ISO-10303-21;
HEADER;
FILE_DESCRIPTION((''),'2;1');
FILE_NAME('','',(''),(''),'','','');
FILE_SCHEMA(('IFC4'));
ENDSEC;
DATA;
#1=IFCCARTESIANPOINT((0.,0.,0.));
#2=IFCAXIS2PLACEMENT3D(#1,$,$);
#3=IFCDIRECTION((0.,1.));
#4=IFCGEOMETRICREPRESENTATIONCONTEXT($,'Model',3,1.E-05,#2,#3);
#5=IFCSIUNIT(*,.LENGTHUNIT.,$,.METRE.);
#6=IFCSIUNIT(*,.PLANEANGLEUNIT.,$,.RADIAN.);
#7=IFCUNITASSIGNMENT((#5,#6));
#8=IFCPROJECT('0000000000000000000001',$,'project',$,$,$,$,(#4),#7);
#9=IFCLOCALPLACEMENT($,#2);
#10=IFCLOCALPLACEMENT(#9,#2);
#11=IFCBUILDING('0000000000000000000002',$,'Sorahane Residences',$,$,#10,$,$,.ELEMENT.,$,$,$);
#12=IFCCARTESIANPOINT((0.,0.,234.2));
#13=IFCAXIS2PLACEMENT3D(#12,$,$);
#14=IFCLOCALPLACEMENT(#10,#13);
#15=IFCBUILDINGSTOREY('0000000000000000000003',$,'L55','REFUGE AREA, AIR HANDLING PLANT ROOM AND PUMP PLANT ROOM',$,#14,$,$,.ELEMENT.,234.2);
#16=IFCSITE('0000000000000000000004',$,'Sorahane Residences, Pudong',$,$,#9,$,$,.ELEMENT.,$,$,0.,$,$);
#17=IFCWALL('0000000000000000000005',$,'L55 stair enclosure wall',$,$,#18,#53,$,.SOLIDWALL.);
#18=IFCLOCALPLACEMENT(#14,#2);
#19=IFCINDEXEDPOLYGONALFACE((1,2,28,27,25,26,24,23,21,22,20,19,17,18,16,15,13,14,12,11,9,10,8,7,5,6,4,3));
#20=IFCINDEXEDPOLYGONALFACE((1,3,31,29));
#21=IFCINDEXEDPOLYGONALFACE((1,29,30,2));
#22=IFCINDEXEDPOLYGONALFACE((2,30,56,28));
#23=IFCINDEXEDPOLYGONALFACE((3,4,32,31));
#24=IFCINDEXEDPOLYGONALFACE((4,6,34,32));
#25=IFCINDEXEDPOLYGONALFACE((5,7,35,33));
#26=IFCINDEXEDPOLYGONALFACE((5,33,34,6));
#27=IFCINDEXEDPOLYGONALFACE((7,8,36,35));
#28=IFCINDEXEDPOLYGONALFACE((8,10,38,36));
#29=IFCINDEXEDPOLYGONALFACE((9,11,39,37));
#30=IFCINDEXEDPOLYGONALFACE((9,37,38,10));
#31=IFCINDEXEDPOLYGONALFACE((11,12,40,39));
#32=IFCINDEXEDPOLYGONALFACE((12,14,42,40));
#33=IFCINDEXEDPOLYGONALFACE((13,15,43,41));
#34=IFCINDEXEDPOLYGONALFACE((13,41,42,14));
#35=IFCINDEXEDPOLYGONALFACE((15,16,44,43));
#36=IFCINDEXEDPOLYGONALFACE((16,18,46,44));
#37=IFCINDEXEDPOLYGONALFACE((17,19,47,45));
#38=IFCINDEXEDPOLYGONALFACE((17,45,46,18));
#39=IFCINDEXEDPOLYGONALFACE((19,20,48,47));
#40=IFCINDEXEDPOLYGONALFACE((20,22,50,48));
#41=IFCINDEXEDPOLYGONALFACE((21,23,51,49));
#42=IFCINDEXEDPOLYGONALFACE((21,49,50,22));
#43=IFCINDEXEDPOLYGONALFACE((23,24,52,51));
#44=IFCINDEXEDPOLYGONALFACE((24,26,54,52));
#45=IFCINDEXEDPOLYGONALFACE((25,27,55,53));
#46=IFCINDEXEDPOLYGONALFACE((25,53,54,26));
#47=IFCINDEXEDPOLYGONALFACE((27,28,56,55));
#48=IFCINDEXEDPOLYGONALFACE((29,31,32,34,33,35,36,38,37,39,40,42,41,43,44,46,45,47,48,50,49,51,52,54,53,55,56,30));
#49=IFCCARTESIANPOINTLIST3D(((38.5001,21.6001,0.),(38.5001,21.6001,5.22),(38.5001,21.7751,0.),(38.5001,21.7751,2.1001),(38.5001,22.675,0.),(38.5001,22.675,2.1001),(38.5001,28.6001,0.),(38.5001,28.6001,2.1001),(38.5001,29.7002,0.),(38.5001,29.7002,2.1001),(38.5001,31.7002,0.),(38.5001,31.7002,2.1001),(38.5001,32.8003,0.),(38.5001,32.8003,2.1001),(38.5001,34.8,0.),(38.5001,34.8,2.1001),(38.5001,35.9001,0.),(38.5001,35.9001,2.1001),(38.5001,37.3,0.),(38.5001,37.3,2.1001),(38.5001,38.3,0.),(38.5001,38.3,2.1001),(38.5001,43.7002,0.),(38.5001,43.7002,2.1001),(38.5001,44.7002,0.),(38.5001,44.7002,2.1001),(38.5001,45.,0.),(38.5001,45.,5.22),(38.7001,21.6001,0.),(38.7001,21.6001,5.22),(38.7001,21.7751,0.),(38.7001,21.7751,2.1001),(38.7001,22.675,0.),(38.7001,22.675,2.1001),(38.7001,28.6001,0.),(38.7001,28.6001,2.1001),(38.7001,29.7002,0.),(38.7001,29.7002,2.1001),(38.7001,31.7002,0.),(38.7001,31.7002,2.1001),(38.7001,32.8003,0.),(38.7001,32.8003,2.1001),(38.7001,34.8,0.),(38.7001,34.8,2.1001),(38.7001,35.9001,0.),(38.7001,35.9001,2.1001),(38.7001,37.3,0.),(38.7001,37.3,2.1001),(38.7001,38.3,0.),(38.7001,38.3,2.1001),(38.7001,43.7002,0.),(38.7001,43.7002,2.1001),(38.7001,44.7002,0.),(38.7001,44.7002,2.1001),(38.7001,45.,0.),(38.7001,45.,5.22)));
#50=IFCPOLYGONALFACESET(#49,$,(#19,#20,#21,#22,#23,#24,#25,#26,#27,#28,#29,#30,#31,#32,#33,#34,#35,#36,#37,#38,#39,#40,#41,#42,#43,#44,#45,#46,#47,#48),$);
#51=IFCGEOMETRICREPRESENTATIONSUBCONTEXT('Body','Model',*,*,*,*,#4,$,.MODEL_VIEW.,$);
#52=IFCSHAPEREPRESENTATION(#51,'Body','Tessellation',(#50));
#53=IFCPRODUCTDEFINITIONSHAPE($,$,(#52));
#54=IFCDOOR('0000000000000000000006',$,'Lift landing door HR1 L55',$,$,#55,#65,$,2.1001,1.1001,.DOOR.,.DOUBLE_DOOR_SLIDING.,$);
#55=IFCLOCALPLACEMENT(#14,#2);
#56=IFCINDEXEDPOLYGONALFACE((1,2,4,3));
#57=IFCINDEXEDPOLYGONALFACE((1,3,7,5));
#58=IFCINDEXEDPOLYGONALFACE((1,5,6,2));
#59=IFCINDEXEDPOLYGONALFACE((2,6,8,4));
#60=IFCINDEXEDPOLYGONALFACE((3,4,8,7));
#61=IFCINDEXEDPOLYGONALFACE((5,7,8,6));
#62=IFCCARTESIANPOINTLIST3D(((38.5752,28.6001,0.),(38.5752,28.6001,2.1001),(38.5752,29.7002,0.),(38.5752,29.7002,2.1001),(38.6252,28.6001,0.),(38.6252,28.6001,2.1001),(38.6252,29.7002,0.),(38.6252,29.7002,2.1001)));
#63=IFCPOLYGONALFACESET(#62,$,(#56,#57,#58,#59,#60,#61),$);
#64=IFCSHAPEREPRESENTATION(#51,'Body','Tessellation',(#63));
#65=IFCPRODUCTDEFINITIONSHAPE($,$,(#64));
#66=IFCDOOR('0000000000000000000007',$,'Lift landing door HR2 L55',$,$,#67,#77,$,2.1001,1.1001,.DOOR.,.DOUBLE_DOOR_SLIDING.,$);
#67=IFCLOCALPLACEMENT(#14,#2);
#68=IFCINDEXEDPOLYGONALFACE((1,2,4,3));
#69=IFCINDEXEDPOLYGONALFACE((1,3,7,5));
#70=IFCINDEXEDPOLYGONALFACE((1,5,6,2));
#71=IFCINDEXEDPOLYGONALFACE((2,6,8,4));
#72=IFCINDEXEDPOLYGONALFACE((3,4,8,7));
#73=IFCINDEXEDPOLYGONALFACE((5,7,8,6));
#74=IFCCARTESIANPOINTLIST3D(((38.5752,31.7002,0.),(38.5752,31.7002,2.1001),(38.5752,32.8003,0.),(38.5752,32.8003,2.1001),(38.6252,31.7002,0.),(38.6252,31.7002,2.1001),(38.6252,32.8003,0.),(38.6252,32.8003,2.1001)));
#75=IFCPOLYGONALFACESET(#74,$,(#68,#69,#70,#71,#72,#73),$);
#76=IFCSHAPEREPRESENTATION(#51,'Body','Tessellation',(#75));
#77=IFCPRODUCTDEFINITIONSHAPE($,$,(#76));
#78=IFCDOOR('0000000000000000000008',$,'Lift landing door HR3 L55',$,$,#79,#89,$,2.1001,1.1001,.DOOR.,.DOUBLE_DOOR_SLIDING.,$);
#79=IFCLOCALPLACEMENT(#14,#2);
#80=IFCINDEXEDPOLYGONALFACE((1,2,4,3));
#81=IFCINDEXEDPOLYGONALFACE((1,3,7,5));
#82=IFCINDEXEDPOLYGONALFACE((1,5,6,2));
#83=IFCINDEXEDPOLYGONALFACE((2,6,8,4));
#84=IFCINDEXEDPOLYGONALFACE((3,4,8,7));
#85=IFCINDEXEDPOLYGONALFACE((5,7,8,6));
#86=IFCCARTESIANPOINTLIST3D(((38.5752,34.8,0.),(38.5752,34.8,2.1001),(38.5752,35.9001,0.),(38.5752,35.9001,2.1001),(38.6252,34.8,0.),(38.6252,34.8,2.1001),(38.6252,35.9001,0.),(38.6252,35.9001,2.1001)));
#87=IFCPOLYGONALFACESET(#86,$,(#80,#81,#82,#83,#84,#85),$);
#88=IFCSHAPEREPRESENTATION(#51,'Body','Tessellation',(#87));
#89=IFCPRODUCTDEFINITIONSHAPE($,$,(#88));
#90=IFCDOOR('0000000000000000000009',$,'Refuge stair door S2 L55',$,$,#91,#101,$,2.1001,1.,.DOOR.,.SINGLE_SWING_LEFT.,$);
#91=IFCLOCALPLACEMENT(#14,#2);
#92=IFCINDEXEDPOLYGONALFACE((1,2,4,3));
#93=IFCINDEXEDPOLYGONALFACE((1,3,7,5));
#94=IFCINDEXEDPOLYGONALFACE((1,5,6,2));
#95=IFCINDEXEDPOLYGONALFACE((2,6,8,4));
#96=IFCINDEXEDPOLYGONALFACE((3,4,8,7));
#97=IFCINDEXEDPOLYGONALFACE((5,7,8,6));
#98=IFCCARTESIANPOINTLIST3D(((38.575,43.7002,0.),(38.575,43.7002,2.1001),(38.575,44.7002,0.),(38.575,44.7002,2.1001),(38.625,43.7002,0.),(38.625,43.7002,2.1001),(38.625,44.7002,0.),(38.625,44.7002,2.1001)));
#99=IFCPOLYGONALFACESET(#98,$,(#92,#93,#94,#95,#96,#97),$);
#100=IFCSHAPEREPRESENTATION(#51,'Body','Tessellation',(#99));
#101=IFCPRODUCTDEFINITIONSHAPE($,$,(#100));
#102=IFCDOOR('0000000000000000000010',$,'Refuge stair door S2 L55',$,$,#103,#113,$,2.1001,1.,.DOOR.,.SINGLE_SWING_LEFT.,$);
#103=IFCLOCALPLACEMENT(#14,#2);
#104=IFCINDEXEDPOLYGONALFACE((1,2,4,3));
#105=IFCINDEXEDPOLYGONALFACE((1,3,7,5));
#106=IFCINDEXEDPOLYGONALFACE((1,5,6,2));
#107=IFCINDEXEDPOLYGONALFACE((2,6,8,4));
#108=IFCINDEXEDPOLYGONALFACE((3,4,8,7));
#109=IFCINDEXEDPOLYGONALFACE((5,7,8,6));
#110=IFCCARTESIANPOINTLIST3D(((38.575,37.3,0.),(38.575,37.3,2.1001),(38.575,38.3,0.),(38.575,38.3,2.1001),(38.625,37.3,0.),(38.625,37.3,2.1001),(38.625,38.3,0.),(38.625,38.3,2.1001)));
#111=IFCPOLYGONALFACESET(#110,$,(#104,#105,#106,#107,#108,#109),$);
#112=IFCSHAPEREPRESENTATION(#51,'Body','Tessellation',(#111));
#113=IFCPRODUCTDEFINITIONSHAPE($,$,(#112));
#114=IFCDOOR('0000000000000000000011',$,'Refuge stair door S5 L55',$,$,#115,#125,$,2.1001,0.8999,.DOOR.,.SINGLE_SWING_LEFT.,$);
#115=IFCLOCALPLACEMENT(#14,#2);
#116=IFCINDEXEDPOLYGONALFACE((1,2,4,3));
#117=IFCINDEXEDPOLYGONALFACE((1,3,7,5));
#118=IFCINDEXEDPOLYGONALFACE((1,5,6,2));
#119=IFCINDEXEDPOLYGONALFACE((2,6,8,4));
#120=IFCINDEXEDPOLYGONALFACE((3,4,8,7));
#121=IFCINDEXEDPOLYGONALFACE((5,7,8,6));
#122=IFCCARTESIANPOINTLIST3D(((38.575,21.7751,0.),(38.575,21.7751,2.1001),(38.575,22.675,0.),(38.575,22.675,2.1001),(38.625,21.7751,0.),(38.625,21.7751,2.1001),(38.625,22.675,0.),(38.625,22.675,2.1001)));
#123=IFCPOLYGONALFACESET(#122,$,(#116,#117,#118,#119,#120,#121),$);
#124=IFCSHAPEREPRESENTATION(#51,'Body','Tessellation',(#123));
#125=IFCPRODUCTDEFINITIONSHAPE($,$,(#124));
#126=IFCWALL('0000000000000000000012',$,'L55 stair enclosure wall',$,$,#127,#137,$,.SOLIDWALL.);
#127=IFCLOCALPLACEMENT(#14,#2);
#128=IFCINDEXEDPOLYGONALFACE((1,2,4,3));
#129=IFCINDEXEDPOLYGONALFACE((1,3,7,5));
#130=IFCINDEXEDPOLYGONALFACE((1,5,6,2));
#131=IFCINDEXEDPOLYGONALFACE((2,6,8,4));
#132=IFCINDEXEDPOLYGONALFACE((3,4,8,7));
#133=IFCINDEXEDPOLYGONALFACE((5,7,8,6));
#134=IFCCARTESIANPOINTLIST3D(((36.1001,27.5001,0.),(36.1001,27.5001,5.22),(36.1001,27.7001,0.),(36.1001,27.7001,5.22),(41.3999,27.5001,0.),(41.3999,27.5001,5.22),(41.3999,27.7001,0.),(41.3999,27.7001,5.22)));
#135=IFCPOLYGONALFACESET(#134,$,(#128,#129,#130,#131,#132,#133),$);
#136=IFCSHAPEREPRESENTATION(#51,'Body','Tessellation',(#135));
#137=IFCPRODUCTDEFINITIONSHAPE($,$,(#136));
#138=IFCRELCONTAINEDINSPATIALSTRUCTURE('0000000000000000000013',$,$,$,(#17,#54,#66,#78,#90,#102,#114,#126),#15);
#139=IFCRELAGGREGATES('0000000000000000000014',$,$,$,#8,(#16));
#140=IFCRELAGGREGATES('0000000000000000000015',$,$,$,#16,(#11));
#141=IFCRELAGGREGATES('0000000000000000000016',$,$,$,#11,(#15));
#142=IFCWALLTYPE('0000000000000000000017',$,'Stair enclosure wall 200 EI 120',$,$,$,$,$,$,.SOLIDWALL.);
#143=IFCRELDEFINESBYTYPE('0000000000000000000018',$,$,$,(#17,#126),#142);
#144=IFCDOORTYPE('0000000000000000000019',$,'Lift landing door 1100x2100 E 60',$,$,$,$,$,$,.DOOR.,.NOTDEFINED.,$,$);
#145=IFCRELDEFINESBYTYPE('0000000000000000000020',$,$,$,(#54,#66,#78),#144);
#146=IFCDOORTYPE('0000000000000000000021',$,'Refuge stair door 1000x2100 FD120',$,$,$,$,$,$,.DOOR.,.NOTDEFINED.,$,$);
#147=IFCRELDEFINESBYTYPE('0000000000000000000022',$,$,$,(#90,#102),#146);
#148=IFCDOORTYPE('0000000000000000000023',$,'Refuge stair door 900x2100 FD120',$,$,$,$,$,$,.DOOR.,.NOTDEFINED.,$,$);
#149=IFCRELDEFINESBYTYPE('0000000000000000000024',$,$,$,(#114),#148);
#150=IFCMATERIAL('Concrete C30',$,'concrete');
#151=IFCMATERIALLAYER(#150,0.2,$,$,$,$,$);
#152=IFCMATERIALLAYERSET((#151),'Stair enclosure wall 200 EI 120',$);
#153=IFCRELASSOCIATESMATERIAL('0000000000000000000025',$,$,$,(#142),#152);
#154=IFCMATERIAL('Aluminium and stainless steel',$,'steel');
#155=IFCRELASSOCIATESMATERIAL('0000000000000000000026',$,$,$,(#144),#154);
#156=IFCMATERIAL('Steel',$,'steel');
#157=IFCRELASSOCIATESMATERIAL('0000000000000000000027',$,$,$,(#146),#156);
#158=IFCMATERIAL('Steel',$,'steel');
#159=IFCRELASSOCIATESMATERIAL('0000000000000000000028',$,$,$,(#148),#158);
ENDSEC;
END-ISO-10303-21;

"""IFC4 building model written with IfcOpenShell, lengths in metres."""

from ifc_helpers import new_model, si_unit, direction, frame, frame_2d, origin, place, context, subcontext, project, spatial, rectangle, extrude, material, layer, layer_set, type_object, element, fill, save


model = new_model("IFC4")

# Units and contexts
model_context = context("Model", 3, precision=1e-05, world=origin(), true_north=direction((0.0, 1.0)))
body_context = subcontext(model_context, "Body", "Model", "MODEL_VIEW")
ifc_project = project(units=[si_unit("LENGTHUNIT", "METRE"), si_unit("PLANEANGLEUNIT", "RADIAN")], contexts=[model_context])

# Site, building, storey
site_placement = place(None, origin())
site = spatial("IfcSite", under=ifc_project, at=site_placement, Name="Sorahane Residences, Pudong", CompositionType="ELEMENT", RefElevation=0.0)
building_placement = place(site_placement, origin())
building = spatial("IfcBuilding", under=site, at=building_placement, Name="Sorahane Residences", CompositionType="ELEMENT")
storey_placement = place(building_placement, frame((0.0, 0.0, 234.2)))
storey = spatial("IfcBuildingStorey", under=building, at=storey_placement, Name="L55", Description="REFUGE AREA, AIR HANDLING PLANT ROOM AND PUMP PLANT ROOM", CompositionType="ELEMENT", Elevation=234.2)

# Wall, openings, doors
ifc_material_1 = material(Name="Concrete C30", Category="concrete")
ifc_layer_1 = layer(ifc_material_1, 0.2)
ifc_layer_set_1 = layer_set([ifc_layer_1], Name="Stair enclosure wall 200 EI 120")
wall_type_1 = type_object("IfcWallType", Name="Stair enclosure wall 200 EI 120", PredefinedType="SOLIDWALL", material=ifc_layer_set_1)
wall_1_placement = place(storey_placement, frame((38.6001, 21.6001, 0.0), z_axis=(0.0, 0.0, 1.0), x_axis=(0.0, 1.0, 0.0)))
wall_1 = element("IfcWall", 1, at=wall_1_placement, inside=storey, type_object=wall_type_1, Name="L55 stair enclosure wall", PredefinedType="SOLIDWALL", context=body_context, shape_type="SweptSolid", body=[
    extrude(rectangle(XDim=23.3999, YDim=0.2, at=frame_2d((11.7, 0.0))), origin(), (0.0, 0.0, 1.0), 5.22),
])
opening_1_placement = place(wall_1_placement, frame((7.0, 0.0, 0.0)))
opening_1 = element("IfcOpeningElement", 2, at=opening_1_placement, cuts=wall_1, PredefinedType="OPENING", context=body_context, shape_type="SweptSolid", body=[
    extrude(rectangle(XDim=1.1001, YDim=2.1001, at=frame_2d((0.55, 1.05))), frame((0.0, 0.1099, 0.0), z_axis=(0.0, -1.0, 0.0), x_axis=(1.0, 0.0, 0.0)), (0.0, 0.0, 1.0), 0.22),
])
opening_2_placement = place(wall_1_placement, frame((10.1001, 0.0, 0.0)))
opening_2 = element("IfcOpeningElement", 3, at=opening_2_placement, cuts=wall_1, PredefinedType="OPENING", context=body_context, shape_type="SweptSolid", body=[
    extrude(rectangle(XDim=1.1001, YDim=2.1001, at=frame_2d((0.55, 1.05))), frame((0.0, 0.1099, 0.0), z_axis=(0.0, -1.0, 0.0), x_axis=(1.0, 0.0, 0.0)), (0.0, 0.0, 1.0), 0.22),
])
opening_3_placement = place(wall_1_placement, frame((13.2, 0.0, 0.0)))
opening_3 = element("IfcOpeningElement", 4, at=opening_3_placement, cuts=wall_1, PredefinedType="OPENING", context=body_context, shape_type="SweptSolid", body=[
    extrude(rectangle(XDim=1.1001, YDim=2.1001, at=frame_2d((0.55, 1.05))), frame((0.0, 0.1099, 0.0), z_axis=(0.0, -1.0, 0.0), x_axis=(1.0, 0.0, 0.0)), (0.0, 0.0, 1.0), 0.22),
])
opening_4_placement = place(wall_1_placement, frame((22.1001, 0.0, 0.0)))
opening_4 = element("IfcOpeningElement", 5, at=opening_4_placement, cuts=wall_1, PredefinedType="OPENING", context=body_context, shape_type="SweptSolid", body=[
    extrude(rectangle(XDim=1.0, YDim=2.1001, at=frame_2d((0.5, 1.05))), frame((0.0, 0.1099, 0.0), z_axis=(0.0, -1.0, 0.0), x_axis=(1.0, 0.0, 0.0)), (0.0, 0.0, 1.0), 0.22),
])
opening_5_placement = place(wall_1_placement, frame((15.7, 0.0, 0.0)))
opening_5 = element("IfcOpeningElement", 6, at=opening_5_placement, cuts=wall_1, PredefinedType="OPENING", context=body_context, shape_type="SweptSolid", body=[
    extrude(rectangle(XDim=1.0, YDim=2.1001, at=frame_2d((0.5, 1.05))), frame((0.0, 0.1099, 0.0), z_axis=(0.0, -1.0, 0.0), x_axis=(1.0, 0.0, 0.0)), (0.0, 0.0, 1.0), 0.22),
])
opening_6_placement = place(wall_1_placement, frame((0.175, 0.0, 0.0)))
opening_6 = element("IfcOpeningElement", 7, at=opening_6_placement, cuts=wall_1, PredefinedType="OPENING", context=body_context, shape_type="SweptSolid", body=[
    extrude(rectangle(XDim=0.8999, YDim=2.1001, at=frame_2d((0.45, 1.05))), frame((0.0, 0.1099, 0.0), z_axis=(0.0, -1.0, 0.0), x_axis=(1.0, 0.0, 0.0)), (0.0, 0.0, 1.0), 0.22),
])
ifc_material_2 = material(Name="Aluminium and stainless steel", Category="steel")
door_type_1 = type_object("IfcDoorType", Name="Lift landing door 1100x2100 E 60", OperationType="NOTDEFINED", PredefinedType="DOOR", material=ifc_material_2)
door_1_placement = place(opening_1_placement, origin())
door_1 = element("IfcDoor", 8, at=door_1_placement, inside=storey, type_object=door_type_1, Name="Lift landing door HR1 L55", OperationType="DOUBLE_DOOR_SLIDING", OverallHeight=2.1001, OverallWidth=1.1001, PredefinedType="DOOR", context=body_context, shape_type="SweptSolid", body=[
    extrude(rectangle(XDim=1.1001, YDim=2.1001, at=frame_2d((0.55, 1.05))), frame((0.0, 0.0249, 0.0), z_axis=(0.0, -1.0, 0.0), x_axis=(1.0, 0.0, 0.0)), (0.0, 0.0, 1.0), 0.05),
])
fill(opening_1, door_1)
door_2_placement = place(opening_2_placement, origin())
door_2 = element("IfcDoor", 9, at=door_2_placement, inside=storey, type_object=door_type_1, Name="Lift landing door HR2 L55", OperationType="DOUBLE_DOOR_SLIDING", OverallHeight=2.1001, OverallWidth=1.1001, PredefinedType="DOOR", context=body_context, shape_type="SweptSolid", body=[
    extrude(rectangle(XDim=1.1001, YDim=2.1001, at=frame_2d((0.55, 1.05))), frame((0.0, 0.0249, 0.0), z_axis=(0.0, -1.0, 0.0), x_axis=(1.0, 0.0, 0.0)), (0.0, 0.0, 1.0), 0.05),
])
fill(opening_2, door_2)
door_3_placement = place(opening_3_placement, origin())
door_3 = element("IfcDoor", 10, at=door_3_placement, inside=storey, type_object=door_type_1, Name="Lift landing door HR3 L55", OperationType="DOUBLE_DOOR_SLIDING", OverallHeight=2.1001, OverallWidth=1.1001, PredefinedType="DOOR", context=body_context, shape_type="SweptSolid", body=[
    extrude(rectangle(XDim=1.1001, YDim=2.1001, at=frame_2d((0.55, 1.05))), frame((0.0, 0.0249, 0.0), z_axis=(0.0, -1.0, 0.0), x_axis=(1.0, 0.0, 0.0)), (0.0, 0.0, 1.0), 0.05),
])
fill(opening_3, door_3)
ifc_material_3 = material(Name="Steel", Category="steel")
door_type_2 = type_object("IfcDoorType", Name="Refuge stair door 1000x2100 FD120", OperationType="NOTDEFINED", PredefinedType="DOOR", material=ifc_material_3)
door_4_placement = place(opening_4_placement, frame((1.0, 0.0, 0.0), z_axis=(0.0, 0.0, 1.0), x_axis=(-1.0, 0.0, 0.0)))
door_4 = element("IfcDoor", 11, at=door_4_placement, inside=storey, type_object=door_type_2, Name="Refuge stair door S2 L55", OperationType="SINGLE_SWING_LEFT", OverallHeight=2.1001, OverallWidth=1.0, PredefinedType="DOOR", context=body_context, shape_type="SweptSolid", body=[
    extrude(rectangle(XDim=1.0, YDim=2.1001, at=frame_2d((0.5, 1.05))), frame((0.0, 0.0249, 0.0), z_axis=(0.0, -1.0, 0.0), x_axis=(1.0, 0.0, 0.0)), (0.0, 0.0, 1.0), 0.05),
])
fill(opening_4, door_4)
door_5_placement = place(opening_5_placement, frame((1.0, 0.0, 0.0), z_axis=(0.0, 0.0, 1.0), x_axis=(-1.0, 0.0, 0.0)))
door_5 = element("IfcDoor", 12, at=door_5_placement, inside=storey, type_object=door_type_2, Name="Refuge stair door S2 L55", OperationType="SINGLE_SWING_LEFT", OverallHeight=2.1001, OverallWidth=1.0, PredefinedType="DOOR", context=body_context, shape_type="SweptSolid", body=[
    extrude(rectangle(XDim=1.0, YDim=2.1001, at=frame_2d((0.5, 1.05))), frame((0.0, 0.0249, 0.0), z_axis=(0.0, -1.0, 0.0), x_axis=(1.0, 0.0, 0.0)), (0.0, 0.0, 1.0), 0.05),
])
fill(opening_5, door_5)
ifc_material_4 = material(Name="Steel", Category="steel")
door_type_3 = type_object("IfcDoorType", Name="Refuge stair door 900x2100 FD120", OperationType="NOTDEFINED", PredefinedType="DOOR", material=ifc_material_4)
door_6_placement = place(opening_6_placement, frame((0.8999, 0.0, 0.0), z_axis=(0.0, 0.0, 1.0), x_axis=(-1.0, 0.0, 0.0)))
door_6 = element("IfcDoor", 13, at=door_6_placement, inside=storey, type_object=door_type_3, Name="Refuge stair door S5 L55", OperationType="SINGLE_SWING_LEFT", OverallHeight=2.1001, OverallWidth=0.8999, PredefinedType="DOOR", context=body_context, shape_type="SweptSolid", body=[
    extrude(rectangle(XDim=0.8999, YDim=2.1001, at=frame_2d((0.45, 1.05))), frame((0.0, 0.0249, 0.0), z_axis=(0.0, -1.0, 0.0), x_axis=(1.0, 0.0, 0.0)), (0.0, 0.0, 1.0), 0.05),
])
fill(opening_6, door_6)

# Wall
wall_2_placement = place(storey_placement, frame((36.1001, 27.6001, 0.0), z_axis=(0.0, 0.0, 1.0), x_axis=(1.0, 0.0, 0.0)))
element("IfcWall", 14, at=wall_2_placement, inside=storey, type_object=wall_type_1, Name="L55 stair enclosure wall", PredefinedType="SOLIDWALL", context=body_context, shape_type="SweptSolid", body=[
    extrude(rectangle(XDim=5.2998, YDim=0.2, at=frame_2d((2.6499, 0.0))), origin(), (0.0, 0.0, 1.0), 5.22),
])

save(model, "model.ifc")
